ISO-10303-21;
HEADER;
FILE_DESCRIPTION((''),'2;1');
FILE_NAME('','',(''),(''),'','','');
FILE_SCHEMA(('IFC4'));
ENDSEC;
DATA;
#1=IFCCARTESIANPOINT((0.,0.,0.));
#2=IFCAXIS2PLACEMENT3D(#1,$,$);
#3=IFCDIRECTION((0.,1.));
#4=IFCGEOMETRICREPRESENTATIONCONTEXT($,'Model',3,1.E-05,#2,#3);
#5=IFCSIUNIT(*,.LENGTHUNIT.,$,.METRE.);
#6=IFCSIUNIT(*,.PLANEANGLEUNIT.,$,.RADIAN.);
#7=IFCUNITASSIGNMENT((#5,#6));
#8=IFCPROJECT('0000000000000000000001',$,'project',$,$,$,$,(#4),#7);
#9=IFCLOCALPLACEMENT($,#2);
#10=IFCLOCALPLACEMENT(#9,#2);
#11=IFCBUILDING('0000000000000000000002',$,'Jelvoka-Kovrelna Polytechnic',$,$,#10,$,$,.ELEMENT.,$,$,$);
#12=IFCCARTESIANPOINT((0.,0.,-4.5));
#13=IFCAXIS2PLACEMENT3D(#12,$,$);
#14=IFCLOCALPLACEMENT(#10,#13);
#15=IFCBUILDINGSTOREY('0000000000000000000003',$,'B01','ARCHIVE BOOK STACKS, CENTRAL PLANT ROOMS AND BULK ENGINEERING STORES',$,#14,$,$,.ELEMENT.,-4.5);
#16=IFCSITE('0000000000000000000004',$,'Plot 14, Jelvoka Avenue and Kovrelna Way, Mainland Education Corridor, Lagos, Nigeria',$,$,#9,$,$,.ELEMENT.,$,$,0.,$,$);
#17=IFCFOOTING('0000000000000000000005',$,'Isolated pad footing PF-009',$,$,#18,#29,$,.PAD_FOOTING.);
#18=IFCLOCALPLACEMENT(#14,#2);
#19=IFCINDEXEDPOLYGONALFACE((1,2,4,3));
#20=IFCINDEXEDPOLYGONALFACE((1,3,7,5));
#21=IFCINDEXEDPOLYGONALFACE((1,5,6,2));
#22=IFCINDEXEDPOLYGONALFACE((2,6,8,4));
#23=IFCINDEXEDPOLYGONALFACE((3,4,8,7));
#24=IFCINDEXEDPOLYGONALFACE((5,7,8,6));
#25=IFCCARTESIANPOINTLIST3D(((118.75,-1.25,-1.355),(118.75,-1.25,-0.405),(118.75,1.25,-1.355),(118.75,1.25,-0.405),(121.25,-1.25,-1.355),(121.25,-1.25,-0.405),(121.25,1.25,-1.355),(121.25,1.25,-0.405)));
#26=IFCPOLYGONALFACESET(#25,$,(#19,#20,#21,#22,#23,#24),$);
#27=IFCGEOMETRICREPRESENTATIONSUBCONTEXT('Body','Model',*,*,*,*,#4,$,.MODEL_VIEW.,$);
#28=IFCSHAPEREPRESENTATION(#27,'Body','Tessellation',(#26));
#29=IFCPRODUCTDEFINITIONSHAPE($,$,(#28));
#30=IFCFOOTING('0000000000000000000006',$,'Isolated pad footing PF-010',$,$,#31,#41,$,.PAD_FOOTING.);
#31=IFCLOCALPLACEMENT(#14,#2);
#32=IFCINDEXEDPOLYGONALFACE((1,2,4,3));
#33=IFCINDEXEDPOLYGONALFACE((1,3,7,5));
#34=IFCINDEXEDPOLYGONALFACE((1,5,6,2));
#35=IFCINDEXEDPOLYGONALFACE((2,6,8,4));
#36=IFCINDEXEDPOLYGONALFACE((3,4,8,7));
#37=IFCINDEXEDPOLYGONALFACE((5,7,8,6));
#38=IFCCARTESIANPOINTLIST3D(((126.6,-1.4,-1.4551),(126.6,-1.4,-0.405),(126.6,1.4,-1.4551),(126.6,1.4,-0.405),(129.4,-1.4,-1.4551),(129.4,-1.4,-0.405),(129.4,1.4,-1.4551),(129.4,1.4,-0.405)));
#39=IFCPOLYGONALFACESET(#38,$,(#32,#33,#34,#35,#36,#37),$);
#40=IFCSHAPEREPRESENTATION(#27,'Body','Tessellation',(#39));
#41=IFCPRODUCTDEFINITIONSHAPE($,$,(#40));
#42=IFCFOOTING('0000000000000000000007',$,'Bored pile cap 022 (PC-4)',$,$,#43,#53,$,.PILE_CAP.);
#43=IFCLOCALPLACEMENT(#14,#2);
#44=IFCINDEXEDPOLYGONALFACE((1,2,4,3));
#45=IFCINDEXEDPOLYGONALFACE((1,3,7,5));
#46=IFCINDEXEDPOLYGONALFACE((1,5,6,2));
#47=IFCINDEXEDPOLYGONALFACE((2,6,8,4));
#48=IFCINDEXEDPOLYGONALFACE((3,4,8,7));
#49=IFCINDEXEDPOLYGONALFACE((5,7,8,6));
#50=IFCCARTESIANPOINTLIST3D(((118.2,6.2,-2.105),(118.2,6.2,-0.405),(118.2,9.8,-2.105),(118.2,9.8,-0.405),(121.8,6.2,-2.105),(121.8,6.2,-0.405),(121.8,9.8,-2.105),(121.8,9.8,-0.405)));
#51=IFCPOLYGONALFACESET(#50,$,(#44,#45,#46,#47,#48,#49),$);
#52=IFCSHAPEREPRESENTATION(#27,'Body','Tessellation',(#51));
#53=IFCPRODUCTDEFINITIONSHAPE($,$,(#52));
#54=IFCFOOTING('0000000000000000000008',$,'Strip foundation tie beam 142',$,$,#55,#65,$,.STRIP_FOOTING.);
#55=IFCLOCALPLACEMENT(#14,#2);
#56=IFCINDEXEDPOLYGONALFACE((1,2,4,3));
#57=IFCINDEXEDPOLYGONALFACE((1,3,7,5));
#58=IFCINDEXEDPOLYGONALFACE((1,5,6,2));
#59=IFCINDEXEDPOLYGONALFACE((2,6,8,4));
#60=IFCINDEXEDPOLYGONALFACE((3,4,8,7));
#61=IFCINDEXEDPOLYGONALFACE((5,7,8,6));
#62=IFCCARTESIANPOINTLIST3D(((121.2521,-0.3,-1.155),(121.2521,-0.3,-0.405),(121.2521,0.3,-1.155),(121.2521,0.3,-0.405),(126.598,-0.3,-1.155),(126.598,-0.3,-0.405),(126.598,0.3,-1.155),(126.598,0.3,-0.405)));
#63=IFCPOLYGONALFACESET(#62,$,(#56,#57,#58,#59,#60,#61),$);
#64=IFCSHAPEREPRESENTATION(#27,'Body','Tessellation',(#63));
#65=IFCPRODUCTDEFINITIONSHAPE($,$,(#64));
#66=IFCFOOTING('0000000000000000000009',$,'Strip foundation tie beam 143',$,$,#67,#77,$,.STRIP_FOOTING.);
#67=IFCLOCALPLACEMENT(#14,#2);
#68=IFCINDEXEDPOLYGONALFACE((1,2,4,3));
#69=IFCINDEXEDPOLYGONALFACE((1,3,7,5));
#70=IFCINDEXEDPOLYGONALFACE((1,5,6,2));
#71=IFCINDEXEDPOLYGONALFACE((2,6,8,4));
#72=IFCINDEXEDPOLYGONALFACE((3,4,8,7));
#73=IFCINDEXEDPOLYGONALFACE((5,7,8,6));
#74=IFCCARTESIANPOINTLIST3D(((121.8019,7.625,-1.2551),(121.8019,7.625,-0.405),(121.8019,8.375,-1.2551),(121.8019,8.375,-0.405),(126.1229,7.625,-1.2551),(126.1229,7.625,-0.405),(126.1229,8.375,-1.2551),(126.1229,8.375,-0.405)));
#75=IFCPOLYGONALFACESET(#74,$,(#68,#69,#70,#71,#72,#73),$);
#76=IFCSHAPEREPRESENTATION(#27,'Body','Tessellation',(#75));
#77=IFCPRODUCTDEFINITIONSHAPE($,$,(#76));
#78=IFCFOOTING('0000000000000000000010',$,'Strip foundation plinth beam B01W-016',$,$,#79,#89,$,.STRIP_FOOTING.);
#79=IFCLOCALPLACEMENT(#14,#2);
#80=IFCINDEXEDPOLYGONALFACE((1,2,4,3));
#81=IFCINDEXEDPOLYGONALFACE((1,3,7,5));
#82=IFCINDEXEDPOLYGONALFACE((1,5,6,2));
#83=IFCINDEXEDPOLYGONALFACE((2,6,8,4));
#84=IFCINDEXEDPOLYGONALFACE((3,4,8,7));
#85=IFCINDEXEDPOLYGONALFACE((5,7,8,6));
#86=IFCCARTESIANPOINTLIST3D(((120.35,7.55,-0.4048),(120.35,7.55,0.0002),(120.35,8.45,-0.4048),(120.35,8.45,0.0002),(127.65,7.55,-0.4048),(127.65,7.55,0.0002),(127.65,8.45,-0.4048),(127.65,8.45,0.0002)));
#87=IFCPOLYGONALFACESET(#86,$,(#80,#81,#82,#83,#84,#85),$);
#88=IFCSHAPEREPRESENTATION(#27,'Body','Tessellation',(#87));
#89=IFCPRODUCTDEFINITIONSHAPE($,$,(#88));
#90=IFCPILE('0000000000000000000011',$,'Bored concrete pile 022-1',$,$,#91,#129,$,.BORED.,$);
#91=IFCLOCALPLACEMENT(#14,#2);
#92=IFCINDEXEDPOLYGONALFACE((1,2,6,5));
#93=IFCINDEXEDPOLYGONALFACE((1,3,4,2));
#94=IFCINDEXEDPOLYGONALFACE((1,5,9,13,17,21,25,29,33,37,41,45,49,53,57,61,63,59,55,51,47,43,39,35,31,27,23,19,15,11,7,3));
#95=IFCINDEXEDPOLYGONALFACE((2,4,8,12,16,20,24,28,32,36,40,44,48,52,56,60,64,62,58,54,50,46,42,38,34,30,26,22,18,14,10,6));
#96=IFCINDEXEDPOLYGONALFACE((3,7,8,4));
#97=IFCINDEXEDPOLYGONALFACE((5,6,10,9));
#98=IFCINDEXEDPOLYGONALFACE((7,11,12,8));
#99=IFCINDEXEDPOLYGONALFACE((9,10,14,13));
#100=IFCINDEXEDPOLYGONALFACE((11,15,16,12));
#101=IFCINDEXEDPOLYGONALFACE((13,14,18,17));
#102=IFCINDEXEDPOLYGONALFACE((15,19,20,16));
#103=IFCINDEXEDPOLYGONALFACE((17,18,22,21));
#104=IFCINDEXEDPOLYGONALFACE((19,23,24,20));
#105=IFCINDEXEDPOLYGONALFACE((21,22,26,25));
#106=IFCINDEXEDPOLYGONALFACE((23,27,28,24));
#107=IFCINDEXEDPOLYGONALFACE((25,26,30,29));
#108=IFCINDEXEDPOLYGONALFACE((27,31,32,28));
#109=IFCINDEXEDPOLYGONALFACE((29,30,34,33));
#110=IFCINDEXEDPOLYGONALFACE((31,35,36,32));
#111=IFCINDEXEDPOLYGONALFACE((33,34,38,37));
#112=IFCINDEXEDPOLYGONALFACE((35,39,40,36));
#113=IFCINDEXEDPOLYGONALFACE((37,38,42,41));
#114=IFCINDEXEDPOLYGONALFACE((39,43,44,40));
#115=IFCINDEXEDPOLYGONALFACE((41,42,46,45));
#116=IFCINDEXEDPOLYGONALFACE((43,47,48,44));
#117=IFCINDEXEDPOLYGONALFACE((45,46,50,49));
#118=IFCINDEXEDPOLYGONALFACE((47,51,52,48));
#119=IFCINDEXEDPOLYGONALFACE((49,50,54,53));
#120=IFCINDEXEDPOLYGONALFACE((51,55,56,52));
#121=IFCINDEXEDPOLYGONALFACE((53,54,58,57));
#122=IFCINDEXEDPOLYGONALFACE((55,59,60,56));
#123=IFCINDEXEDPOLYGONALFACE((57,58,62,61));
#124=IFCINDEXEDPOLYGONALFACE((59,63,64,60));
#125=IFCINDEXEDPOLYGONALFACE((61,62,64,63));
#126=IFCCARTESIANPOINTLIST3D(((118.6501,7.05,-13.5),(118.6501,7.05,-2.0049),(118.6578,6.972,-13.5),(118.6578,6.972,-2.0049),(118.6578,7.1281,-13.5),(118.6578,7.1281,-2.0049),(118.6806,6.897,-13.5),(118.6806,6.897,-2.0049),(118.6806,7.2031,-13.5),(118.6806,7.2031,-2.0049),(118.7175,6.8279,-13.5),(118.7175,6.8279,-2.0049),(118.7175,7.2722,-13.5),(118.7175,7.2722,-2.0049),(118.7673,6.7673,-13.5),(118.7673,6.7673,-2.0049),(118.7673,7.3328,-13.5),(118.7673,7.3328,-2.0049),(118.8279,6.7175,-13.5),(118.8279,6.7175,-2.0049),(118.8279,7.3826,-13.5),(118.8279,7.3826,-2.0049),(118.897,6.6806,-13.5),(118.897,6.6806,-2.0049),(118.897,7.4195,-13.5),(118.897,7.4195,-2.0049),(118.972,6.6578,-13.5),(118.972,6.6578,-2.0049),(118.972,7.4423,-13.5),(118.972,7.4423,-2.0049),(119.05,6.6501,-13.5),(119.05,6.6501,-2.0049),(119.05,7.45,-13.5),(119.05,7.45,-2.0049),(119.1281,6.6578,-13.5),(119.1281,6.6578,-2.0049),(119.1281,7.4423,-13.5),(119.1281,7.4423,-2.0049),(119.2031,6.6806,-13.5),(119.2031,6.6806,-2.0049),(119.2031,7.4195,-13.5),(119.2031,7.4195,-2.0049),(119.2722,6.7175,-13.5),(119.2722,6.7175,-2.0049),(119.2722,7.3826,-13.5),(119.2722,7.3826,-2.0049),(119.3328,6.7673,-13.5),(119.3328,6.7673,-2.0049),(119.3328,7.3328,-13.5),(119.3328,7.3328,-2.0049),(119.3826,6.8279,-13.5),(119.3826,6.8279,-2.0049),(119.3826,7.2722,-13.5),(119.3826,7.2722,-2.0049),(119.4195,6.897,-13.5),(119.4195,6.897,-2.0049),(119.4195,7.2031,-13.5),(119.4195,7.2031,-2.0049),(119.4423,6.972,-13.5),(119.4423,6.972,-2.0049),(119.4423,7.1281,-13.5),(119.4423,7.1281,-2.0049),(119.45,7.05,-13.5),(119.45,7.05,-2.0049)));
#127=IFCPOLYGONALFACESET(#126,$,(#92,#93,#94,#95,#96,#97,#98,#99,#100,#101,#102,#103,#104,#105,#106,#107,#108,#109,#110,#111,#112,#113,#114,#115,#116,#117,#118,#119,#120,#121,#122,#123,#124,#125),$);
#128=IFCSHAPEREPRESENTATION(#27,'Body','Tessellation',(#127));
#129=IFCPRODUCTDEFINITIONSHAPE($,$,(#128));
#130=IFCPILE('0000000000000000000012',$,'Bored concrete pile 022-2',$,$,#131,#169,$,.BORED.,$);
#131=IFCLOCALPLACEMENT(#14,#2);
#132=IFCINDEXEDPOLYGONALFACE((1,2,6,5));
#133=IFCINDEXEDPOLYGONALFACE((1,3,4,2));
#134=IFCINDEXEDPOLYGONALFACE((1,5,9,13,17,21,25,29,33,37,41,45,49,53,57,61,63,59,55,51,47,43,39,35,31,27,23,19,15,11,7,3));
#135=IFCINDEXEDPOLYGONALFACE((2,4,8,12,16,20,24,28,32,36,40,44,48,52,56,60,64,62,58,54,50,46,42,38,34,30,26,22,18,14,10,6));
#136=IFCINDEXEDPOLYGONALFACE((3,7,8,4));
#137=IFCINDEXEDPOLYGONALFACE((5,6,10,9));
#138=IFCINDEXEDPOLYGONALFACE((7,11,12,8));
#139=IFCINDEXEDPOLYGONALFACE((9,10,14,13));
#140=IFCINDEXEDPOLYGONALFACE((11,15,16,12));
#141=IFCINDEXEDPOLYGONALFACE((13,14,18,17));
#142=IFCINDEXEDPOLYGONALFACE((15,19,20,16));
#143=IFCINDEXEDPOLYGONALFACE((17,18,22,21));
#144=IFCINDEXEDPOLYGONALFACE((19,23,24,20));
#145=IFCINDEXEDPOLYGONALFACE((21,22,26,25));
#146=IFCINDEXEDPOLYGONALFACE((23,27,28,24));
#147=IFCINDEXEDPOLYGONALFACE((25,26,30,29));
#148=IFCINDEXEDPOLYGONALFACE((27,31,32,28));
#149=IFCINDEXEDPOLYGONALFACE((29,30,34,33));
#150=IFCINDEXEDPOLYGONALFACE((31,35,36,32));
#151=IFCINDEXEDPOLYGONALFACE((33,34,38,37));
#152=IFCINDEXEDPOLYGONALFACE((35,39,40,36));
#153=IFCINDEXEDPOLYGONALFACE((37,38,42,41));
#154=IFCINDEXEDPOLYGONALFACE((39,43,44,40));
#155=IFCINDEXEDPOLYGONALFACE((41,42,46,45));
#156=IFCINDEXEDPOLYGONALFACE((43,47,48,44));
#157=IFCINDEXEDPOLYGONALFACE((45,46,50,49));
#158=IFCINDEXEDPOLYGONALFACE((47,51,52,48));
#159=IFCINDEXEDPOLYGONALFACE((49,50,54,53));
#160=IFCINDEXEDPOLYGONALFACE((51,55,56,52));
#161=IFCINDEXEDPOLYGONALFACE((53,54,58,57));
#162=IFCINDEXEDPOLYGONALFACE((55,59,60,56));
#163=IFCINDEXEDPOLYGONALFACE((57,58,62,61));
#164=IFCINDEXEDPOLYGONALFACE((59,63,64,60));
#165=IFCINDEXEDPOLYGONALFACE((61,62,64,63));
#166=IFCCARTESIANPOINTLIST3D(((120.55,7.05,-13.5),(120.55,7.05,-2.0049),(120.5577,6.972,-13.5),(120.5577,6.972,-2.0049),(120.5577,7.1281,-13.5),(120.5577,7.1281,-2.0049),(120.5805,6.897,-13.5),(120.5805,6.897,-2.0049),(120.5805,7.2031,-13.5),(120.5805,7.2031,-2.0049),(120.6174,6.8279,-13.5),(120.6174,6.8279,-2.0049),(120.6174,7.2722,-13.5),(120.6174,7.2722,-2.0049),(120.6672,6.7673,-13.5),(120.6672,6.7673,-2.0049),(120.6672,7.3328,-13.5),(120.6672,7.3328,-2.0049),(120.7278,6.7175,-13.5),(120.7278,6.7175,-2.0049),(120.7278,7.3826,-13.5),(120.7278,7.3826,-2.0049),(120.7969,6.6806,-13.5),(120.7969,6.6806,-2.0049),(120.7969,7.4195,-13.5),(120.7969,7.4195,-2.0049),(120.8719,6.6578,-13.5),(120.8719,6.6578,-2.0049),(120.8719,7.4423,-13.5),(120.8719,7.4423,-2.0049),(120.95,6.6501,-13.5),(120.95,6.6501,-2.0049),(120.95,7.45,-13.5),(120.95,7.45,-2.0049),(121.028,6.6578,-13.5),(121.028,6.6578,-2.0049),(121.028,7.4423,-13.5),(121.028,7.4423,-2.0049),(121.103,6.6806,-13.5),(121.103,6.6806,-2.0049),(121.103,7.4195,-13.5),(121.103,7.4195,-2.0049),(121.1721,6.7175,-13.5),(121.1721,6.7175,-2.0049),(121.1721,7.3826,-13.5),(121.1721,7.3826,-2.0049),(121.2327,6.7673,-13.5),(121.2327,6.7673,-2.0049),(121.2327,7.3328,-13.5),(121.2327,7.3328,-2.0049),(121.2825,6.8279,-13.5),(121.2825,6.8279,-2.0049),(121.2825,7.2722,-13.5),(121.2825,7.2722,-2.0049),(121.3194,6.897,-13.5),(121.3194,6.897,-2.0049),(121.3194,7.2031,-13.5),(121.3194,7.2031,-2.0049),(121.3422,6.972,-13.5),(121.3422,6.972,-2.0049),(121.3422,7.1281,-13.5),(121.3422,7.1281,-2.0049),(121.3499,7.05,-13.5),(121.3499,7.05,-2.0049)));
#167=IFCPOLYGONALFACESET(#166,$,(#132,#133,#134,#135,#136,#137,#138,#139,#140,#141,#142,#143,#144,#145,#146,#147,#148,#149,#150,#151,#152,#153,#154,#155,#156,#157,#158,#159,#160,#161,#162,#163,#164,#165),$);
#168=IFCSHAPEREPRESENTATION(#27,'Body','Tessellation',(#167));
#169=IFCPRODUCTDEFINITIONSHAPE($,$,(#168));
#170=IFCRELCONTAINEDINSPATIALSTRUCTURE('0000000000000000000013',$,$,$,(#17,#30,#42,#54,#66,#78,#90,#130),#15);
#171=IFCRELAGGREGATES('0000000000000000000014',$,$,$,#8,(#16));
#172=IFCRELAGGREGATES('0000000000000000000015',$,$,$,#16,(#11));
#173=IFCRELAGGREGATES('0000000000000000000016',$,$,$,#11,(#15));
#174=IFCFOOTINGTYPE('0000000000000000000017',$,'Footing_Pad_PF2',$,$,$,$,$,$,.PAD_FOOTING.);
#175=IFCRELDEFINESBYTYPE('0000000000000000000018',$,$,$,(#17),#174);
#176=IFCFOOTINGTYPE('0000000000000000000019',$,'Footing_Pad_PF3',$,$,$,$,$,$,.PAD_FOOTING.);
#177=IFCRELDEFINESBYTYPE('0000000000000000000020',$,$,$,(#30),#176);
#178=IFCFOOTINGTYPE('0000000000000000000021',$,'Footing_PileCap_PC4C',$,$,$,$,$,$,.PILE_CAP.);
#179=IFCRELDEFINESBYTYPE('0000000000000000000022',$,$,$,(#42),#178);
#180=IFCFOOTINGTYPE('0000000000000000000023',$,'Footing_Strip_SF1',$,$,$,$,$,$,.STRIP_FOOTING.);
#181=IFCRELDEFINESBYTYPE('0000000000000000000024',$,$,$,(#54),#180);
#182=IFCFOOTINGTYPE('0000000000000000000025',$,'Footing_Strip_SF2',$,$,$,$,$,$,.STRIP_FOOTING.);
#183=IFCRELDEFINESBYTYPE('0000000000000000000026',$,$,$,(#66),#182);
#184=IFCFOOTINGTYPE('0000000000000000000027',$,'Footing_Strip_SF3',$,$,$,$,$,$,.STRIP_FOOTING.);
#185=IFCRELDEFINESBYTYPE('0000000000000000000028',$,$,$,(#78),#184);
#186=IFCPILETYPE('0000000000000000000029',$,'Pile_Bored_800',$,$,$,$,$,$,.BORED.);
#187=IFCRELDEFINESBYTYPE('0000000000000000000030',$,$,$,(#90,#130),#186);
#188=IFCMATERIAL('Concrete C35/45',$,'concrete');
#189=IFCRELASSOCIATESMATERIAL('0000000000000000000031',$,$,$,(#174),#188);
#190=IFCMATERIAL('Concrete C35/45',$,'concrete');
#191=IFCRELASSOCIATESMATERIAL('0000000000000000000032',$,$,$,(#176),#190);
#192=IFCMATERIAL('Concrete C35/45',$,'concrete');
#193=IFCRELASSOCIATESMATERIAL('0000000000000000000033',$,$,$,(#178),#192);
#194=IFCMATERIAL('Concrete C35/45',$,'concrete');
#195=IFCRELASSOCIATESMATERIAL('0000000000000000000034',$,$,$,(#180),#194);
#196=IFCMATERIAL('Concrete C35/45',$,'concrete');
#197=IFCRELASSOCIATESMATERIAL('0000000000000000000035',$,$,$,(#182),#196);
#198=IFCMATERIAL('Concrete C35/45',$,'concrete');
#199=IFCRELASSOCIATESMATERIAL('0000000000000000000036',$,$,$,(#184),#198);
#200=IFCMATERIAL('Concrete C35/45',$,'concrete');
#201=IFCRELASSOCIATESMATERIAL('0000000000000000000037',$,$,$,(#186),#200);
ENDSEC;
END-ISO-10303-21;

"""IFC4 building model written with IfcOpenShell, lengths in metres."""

from ifc_helpers import new_model, si_unit, direction, frame, origin, origin_2d, place, context, subcontext, project, spatial, rectangle, circle, extrude, material, material_profile, profile_set, type_object, element, save


model = new_model("IFC4")

# Units and contexts
model_context = context("Model", 3, precision=1e-05, world=origin(), true_north=direction((0.0, 1.0)))
body_context = subcontext(model_context, "Body", "Model", "MODEL_VIEW")
ifc_project = project(units=[si_unit("LENGTHUNIT", "METRE"), si_unit("PLANEANGLEUNIT", "RADIAN")], contexts=[model_context])

# Site, building, storey
site_placement = place(None, origin())
site = spatial("IfcSite", under=ifc_project, at=site_placement, Name="Plot 14, Jelvoka Avenue and Kovrelna Way, Mainland Education Corridor, Lagos, Nigeria", CompositionType="ELEMENT", RefElevation=0.0)
building_placement = place(site_placement, origin())
building = spatial("IfcBuilding", under=site, at=building_placement, Name="Jelvoka-Kovrelna Polytechnic", CompositionType="ELEMENT")
storey_placement = place(building_placement, frame((0.0, 0.0, -4.5)))
storey = spatial("IfcBuildingStorey", under=building, at=storey_placement, Name="B01", Description="ARCHIVE BOOK STACKS, CENTRAL PLANT ROOMS AND BULK ENGINEERING STORES", CompositionType="ELEMENT", Elevation=-4.5)

# Footings
ifc_material_1 = material(Name="Concrete C35/45", Category="concrete")
footing_type_1 = type_object("IfcFootingType", Name="Footing_Pad_PF2", PredefinedType="PAD_FOOTING", material=ifc_material_1)
footing_1_placement = place(storey_placement, frame((120.0, 0.0, -1.355), z_axis=(0.0, 0.0, 1.0), x_axis=(1.0, 0.0, 0.0)))
element("IfcFooting", 1, at=footing_1_placement, inside=storey, type_object=footing_type_1, Name="Isolated pad footing PF-009", PredefinedType="PAD_FOOTING", context=body_context, shape_type="SweptSolid", body=[
    extrude(rectangle(XDim=2.5, YDim=2.5, at=origin_2d()), origin(), (0.0, 0.0, 1.0), 0.95),
])
ifc_material_2 = material(Name="Concrete C35/45", Category="concrete")
footing_type_2 = type_object("IfcFootingType", Name="Footing_Pad_PF3", PredefinedType="PAD_FOOTING", material=ifc_material_2)
footing_2_placement = place(storey_placement, frame((128.0, 0.0, -1.4551), z_axis=(0.0, 0.0, 1.0), x_axis=(1.0, 0.0, 0.0)))
element("IfcFooting", 2, at=footing_2_placement, inside=storey, type_object=footing_type_2, Name="Isolated pad footing PF-010", PredefinedType="PAD_FOOTING", context=body_context, shape_type="SweptSolid", body=[
    extrude(rectangle(XDim=2.8, YDim=2.8, at=origin_2d()), origin(), (0.0, 0.0, 1.0), 1.05),
])
ifc_material_3 = material(Name="Concrete C35/45", Category="concrete")
footing_type_3 = type_object("IfcFootingType", Name="Footing_PileCap_PC4C", PredefinedType="PILE_CAP", material=ifc_material_3)
footing_3_placement = place(storey_placement, frame((120.0, 8.0, -2.105), z_axis=(0.0, 0.0, 1.0), x_axis=(1.0, 0.0, 0.0)))
element("IfcFooting", 3, at=footing_3_placement, inside=storey, type_object=footing_type_3, Name="Bored pile cap 022 (PC-4)", PredefinedType="PILE_CAP", context=body_context, shape_type="SweptSolid", body=[
    extrude(rectangle(XDim=3.6001, YDim=3.6001, at=origin_2d()), origin(), (0.0, 0.0, 1.0), 1.7),
])
ifc_material_4 = material(Name="Concrete C35/45", Category="concrete")
footing_type_4 = type_object("IfcFootingType", Name="Footing_Strip_SF1", PredefinedType="STRIP_FOOTING", material=ifc_material_4)
footing_4_placement = place(storey_placement, frame((123.925, 0.0, -1.155), z_axis=(0.0, 0.0, 1.0), x_axis=(1.0, 0.0, 0.0)))
element("IfcFooting", 4, at=footing_4_placement, inside=storey, type_object=footing_type_4, Name="Strip foundation tie beam 142", PredefinedType="STRIP_FOOTING", context=body_context, shape_type="SweptSolid", body=[
    extrude(rectangle(XDim=5.3459, YDim=0.6001, at=origin_2d()), origin(), (0.0, 0.0, 1.0), 0.75),
])
ifc_material_5 = material(Name="Concrete C35/45", Category="concrete")
footing_type_5 = type_object("IfcFootingType", Name="Footing_Strip_SF2", PredefinedType="STRIP_FOOTING", material=ifc_material_5)
footing_5_placement = place(storey_placement, frame((123.9624, 8.0, -1.2551), z_axis=(0.0, 0.0, 1.0), x_axis=(1.0, 0.0, 0.0)))
element("IfcFooting", 5, at=footing_5_placement, inside=storey, type_object=footing_type_5, Name="Strip foundation tie beam 143", PredefinedType="STRIP_FOOTING", context=body_context, shape_type="SweptSolid", body=[
    extrude(rectangle(XDim=4.321, YDim=0.75, at=origin_2d()), origin(), (0.0, 0.0, 1.0), 0.8501),
])
ifc_material_6 = material(Name="Concrete C35/45", Category="concrete")
footing_type_6 = type_object("IfcFootingType", Name="Footing_Strip_SF3", PredefinedType="STRIP_FOOTING", material=ifc_material_6)
footing_6_placement = place(storey_placement, frame((124.0, 8.0, -0.4048), z_axis=(0.0, 0.0, 1.0), x_axis=(1.0, 0.0, 0.0)))
element("IfcFooting", 6, at=footing_6_placement, inside=storey, type_object=footing_type_6, Name="Strip foundation plinth beam B01W-016", PredefinedType="STRIP_FOOTING", context=body_context, shape_type="SweptSolid", body=[
    extrude(rectangle(XDim=7.3, YDim=0.8999, at=origin_2d()), origin(), (0.0, 0.0, 1.0), 0.405),
])

# Piles
ifc_material_7 = material(Name="Concrete C35/45", Category="concrete")
ifc_material_profile_1 = material_profile(ifc_material_7, circle(Radius=0.3999, at=origin_2d()), Name="PILE D800")
ifc_profile_set_1 = profile_set([ifc_material_profile_1], Name="Concrete C35/45")
pile_type = type_object("IfcPileType", Name="Pile_Bored_800", PredefinedType="BORED", material=ifc_profile_set_1)
for number, where, z_axis, x_axis, name in (
    (7, (119.05, 7.05, -2.0049), (0.0, 0.0, -1.0), (1.0, 0.0, 0.0), "Bored concrete pile 022-1"),
    (8, (120.95, 7.05, -2.0049), (0.0, 0.0, -1.0), (1.0, 0.0, 0.0), "Bored concrete pile 022-2"),
):
    element("IfcPile", number, at=place(storey_placement, frame(where, z_axis=z_axis, x_axis=x_axis)), inside=storey, type_object=pile_type, Name=name, PredefinedType="BORED", context=body_context, shape_type="SweptSolid", body=[
        extrude(circle(Radius=0.3999, at=origin_2d()), origin(), (0.0, 0.0, 1.0), 11.4951),
    ])

save(model, "model.ifc")
